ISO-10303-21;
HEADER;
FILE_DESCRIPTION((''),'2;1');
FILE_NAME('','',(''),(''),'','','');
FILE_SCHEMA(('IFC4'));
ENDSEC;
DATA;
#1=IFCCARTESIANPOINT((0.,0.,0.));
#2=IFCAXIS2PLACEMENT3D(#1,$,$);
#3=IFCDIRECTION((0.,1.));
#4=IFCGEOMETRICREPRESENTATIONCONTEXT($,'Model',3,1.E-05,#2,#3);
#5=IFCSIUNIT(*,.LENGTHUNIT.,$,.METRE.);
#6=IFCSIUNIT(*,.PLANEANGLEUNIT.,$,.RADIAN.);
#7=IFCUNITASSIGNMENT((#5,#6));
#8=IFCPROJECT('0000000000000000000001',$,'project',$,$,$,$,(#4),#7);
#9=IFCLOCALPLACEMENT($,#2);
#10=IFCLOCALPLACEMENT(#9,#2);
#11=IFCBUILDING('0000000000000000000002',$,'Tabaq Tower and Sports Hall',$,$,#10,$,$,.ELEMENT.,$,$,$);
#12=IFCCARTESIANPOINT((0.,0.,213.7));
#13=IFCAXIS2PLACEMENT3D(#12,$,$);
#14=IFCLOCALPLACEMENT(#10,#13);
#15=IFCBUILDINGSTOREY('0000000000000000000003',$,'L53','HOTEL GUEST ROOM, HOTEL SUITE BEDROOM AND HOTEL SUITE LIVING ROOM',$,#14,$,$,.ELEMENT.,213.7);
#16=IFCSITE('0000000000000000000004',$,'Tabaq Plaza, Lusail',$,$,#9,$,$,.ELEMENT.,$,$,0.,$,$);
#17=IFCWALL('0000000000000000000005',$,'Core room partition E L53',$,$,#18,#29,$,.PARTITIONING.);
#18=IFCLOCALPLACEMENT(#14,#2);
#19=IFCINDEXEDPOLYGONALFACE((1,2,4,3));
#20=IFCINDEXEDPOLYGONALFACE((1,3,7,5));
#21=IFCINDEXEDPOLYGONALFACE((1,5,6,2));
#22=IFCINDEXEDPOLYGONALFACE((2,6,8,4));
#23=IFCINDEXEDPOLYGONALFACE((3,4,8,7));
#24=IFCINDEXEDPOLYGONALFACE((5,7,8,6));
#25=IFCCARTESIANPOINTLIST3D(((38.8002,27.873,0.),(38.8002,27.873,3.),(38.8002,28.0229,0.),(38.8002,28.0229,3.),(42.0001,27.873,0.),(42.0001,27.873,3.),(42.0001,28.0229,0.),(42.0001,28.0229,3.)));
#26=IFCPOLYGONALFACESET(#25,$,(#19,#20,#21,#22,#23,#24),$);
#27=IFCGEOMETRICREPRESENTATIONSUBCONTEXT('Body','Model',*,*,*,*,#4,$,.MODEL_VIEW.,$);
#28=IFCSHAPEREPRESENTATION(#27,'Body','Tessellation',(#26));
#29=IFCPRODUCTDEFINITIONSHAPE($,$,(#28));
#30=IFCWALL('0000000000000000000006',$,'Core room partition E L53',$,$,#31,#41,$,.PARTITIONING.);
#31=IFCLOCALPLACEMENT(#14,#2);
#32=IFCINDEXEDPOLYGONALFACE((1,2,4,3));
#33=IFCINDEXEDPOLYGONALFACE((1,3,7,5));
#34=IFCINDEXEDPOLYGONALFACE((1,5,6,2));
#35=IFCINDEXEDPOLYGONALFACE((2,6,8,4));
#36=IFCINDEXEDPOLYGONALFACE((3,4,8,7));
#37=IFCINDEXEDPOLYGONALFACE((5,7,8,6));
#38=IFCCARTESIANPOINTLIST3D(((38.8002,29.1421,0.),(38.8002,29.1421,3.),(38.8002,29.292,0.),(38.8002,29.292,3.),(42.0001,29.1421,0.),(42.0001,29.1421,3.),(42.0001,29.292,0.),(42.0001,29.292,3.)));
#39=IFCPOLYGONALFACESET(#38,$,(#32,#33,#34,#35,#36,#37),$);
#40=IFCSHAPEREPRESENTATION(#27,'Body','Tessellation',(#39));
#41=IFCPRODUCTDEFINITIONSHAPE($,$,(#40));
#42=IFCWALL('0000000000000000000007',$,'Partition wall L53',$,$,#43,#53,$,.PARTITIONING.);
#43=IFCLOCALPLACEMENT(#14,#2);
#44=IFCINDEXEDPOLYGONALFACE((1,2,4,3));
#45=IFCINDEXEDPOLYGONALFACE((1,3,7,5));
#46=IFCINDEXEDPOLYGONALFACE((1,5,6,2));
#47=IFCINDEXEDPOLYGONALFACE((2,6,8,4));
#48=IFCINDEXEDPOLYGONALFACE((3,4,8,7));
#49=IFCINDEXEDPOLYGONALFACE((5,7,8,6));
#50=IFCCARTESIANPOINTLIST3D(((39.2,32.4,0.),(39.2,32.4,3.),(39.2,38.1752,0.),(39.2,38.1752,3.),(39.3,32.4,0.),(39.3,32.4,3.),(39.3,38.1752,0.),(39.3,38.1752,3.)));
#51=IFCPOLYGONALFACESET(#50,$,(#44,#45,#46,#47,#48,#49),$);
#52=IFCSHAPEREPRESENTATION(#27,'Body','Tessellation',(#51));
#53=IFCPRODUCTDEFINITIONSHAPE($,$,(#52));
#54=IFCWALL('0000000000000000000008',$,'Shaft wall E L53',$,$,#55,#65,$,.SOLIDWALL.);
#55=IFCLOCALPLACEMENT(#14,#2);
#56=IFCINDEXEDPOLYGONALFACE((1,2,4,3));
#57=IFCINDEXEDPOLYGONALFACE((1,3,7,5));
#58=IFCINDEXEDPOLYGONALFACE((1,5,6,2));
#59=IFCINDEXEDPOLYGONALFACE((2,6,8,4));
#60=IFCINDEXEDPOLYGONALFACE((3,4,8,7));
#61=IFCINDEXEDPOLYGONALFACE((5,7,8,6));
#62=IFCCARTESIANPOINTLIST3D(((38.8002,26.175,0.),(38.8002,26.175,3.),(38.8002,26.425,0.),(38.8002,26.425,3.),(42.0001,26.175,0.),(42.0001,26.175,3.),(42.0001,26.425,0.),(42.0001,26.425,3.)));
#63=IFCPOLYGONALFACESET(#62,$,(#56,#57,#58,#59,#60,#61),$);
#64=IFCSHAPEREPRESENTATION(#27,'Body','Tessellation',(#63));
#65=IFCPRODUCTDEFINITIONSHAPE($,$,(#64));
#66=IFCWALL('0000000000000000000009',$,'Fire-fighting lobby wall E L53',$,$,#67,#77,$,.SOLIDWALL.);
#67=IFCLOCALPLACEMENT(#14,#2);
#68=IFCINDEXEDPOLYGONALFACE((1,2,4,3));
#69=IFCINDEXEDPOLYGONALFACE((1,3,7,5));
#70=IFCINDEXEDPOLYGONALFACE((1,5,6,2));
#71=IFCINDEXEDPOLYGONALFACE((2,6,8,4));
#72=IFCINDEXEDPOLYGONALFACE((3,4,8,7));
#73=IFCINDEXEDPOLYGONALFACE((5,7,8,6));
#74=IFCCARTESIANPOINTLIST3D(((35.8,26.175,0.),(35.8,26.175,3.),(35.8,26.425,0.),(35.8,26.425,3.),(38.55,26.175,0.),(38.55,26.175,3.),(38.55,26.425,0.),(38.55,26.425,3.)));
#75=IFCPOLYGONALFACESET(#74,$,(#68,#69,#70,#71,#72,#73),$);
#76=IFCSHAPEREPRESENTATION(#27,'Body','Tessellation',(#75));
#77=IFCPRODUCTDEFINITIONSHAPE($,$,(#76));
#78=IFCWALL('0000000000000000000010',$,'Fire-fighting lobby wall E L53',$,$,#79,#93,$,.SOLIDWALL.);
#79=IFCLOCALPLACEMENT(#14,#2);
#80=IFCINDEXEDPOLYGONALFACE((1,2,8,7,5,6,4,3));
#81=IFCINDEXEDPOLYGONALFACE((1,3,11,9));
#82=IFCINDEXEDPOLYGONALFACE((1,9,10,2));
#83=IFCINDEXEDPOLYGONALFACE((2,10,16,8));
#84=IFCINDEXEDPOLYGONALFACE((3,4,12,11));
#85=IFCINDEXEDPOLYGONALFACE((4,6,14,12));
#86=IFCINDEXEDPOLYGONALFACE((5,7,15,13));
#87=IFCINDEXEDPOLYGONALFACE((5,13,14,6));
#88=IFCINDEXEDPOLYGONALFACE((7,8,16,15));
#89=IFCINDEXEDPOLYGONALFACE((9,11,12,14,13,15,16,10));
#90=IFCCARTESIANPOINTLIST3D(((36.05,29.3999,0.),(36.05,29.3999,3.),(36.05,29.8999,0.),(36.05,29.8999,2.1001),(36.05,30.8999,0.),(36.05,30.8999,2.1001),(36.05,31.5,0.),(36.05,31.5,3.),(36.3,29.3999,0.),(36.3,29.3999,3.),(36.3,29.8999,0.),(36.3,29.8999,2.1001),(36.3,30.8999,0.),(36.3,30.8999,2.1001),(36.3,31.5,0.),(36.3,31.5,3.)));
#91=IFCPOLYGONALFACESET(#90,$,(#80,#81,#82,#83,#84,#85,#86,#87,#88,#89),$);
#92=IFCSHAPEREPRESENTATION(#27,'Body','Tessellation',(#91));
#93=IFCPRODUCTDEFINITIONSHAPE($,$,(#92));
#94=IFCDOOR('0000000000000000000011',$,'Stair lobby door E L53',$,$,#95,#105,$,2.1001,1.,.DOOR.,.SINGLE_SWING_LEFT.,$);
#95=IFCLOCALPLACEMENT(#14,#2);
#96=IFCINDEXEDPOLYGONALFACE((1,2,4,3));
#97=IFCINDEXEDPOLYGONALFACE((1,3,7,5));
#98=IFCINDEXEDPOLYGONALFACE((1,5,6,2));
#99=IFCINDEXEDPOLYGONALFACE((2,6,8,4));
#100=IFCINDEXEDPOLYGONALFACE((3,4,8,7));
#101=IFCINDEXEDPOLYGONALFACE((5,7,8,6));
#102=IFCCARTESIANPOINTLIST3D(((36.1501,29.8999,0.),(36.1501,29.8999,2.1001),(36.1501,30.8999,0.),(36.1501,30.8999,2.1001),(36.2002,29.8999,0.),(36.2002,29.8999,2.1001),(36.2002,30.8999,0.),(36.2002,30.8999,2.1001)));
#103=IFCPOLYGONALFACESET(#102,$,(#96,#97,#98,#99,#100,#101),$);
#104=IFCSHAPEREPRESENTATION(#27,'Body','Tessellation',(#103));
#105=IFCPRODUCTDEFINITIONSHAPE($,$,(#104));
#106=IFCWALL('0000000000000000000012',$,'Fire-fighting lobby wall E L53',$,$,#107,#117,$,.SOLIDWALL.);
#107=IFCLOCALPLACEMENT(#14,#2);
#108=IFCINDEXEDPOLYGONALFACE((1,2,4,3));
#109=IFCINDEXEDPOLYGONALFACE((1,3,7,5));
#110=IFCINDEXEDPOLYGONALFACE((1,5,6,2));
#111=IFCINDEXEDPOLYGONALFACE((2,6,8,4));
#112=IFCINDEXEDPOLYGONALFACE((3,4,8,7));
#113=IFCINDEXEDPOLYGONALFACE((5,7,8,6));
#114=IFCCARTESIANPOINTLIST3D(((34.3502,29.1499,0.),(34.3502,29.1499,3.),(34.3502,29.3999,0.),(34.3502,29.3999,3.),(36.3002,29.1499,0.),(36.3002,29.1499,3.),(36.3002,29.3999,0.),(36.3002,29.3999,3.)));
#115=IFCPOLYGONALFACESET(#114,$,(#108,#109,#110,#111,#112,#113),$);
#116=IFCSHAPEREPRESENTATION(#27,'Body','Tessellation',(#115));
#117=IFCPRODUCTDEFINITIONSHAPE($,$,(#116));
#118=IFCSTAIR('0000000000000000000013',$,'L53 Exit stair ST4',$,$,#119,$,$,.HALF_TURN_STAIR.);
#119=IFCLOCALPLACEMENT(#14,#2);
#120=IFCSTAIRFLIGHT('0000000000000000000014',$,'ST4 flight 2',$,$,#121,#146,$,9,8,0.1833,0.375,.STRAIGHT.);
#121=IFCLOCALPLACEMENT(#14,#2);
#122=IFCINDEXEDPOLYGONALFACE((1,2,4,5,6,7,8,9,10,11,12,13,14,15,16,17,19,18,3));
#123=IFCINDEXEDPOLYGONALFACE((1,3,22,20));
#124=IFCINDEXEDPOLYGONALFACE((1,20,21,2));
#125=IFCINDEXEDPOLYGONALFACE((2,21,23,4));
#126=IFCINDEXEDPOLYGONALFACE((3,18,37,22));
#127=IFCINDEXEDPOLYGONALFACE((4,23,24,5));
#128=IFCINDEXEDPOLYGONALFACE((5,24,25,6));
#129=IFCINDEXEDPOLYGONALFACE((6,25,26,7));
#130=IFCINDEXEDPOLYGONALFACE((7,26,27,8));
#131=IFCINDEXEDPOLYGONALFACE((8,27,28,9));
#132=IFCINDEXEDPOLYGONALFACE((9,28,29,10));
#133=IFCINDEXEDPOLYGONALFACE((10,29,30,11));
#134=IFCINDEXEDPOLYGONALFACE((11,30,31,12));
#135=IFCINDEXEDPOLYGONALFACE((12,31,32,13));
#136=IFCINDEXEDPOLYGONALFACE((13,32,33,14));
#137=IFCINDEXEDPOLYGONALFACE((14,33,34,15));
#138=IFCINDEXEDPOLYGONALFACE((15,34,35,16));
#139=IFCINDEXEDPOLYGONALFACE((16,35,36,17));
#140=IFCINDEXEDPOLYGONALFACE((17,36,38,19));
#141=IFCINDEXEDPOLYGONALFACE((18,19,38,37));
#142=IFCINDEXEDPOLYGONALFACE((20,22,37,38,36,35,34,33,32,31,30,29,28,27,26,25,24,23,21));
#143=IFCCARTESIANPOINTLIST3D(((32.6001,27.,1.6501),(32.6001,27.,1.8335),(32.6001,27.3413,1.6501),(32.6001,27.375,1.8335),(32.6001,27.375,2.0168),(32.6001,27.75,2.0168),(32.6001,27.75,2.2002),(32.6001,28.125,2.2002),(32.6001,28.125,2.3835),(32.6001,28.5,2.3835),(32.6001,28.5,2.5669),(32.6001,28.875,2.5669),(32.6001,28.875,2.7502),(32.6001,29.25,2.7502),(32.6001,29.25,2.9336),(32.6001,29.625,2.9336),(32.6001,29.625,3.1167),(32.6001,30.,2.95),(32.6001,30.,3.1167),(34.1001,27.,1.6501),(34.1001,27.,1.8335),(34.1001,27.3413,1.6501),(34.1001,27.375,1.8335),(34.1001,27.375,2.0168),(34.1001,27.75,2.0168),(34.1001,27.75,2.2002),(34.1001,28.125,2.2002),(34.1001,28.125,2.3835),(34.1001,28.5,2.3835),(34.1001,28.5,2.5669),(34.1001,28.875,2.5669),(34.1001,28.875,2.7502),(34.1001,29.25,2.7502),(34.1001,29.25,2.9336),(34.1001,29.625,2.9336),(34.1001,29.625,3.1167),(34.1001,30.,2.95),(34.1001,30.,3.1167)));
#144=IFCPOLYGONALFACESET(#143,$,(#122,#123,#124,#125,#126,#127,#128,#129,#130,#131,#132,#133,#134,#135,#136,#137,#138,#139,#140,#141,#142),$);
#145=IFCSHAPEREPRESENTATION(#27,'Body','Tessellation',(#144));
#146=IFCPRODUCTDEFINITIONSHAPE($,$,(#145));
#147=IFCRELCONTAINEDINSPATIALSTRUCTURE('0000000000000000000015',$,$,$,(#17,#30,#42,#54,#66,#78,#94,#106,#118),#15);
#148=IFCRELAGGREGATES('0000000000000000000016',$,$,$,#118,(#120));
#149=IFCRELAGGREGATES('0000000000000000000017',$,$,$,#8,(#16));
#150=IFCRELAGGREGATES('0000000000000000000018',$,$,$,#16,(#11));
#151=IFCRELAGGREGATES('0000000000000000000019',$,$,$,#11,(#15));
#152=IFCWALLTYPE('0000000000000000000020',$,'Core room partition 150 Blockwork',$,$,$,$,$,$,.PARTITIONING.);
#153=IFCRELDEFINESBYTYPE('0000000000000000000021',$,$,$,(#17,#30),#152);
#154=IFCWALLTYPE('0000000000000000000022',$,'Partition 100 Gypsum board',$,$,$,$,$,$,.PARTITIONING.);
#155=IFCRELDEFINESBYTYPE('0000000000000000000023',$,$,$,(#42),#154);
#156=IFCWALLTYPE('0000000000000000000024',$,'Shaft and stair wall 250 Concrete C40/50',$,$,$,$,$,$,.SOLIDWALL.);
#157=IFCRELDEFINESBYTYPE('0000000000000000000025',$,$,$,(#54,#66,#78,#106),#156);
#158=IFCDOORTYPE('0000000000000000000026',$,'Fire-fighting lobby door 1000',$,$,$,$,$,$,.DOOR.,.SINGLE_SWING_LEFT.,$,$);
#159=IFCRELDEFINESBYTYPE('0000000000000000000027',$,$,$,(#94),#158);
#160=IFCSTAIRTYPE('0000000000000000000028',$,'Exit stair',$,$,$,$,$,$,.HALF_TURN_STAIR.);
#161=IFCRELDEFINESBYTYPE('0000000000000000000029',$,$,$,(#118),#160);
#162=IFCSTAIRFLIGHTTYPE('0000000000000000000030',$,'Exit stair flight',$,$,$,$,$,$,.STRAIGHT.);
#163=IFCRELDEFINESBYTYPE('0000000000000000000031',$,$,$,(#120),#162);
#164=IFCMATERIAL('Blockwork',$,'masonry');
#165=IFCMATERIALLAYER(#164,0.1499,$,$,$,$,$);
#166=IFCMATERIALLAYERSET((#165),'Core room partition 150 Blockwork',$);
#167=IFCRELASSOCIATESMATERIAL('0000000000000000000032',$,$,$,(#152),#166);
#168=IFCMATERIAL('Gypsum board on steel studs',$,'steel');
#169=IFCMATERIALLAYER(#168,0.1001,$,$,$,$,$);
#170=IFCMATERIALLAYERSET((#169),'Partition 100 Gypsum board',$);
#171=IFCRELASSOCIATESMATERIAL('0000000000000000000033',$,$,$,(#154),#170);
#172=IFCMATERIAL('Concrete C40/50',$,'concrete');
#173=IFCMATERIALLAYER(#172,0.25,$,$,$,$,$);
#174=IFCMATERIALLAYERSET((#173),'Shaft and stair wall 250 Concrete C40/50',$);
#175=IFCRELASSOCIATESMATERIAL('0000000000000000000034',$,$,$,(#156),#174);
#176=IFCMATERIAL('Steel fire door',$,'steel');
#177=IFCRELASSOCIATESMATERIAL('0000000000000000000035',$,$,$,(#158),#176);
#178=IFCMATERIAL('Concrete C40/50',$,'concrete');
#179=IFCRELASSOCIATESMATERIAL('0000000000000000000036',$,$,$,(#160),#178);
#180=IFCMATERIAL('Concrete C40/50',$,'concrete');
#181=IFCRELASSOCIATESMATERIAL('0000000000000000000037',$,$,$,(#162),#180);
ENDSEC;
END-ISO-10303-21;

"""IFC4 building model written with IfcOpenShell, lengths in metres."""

from ifc_helpers import new_model, si_unit, direction, frame, frame_2d, origin, place, context, subcontext, project, spatial, polyline, rectangle, outline, extrude, material, layer, layer_set, type_object, element, fill, aggregate, save


model = new_model("IFC4")

# Units and contexts
model_context = context("Model", 3, precision=1e-05, world=origin(), true_north=direction((0.0, 1.0)))
body_context = subcontext(model_context, "Body", "Model", "MODEL_VIEW")
ifc_project = project(units=[si_unit("LENGTHUNIT", "METRE"), si_unit("PLANEANGLEUNIT", "RADIAN")], contexts=[model_context])

# Site, building, storey
site_placement = place(None, origin())
site = spatial("IfcSite", under=ifc_project, at=site_placement, Name="Tabaq Plaza, Lusail", CompositionType="ELEMENT", RefElevation=0.0)
building_placement = place(site_placement, origin())
building = spatial("IfcBuilding", under=site, at=building_placement, Name="Tabaq Tower and Sports Hall", CompositionType="ELEMENT")
storey_placement = place(building_placement, frame((0.0, 0.0, 213.7)))
storey = spatial("IfcBuildingStorey", under=building, at=storey_placement, Name="L53", Description="HOTEL GUEST ROOM, HOTEL SUITE BEDROOM AND HOTEL SUITE LIVING ROOM", CompositionType="ELEMENT", Elevation=213.7)

# Walls
ifc_material_1 = material(Name="Blockwork", Category="masonry")
ifc_layer_1 = layer(ifc_material_1, 0.1499)
ifc_layer_set_1 = layer_set([ifc_layer_1], Name="Core room partition 150 Blockwork")
wall_type_1 = type_object("IfcWallType", Name="Core room partition 150 Blockwork", PredefinedType="PARTITIONING", material=ifc_layer_set_1)
for number, where, z_axis, x_axis, name in (
    (1, (38.8, 27.948, 0.0), (0.0, 0.0, 1.0), (1.0, 0.0, 0.0), "Core room partition E L53"),
    (2, (38.8, 29.217, 0.0), (0.0, 0.0, 1.0), (1.0, 0.0, 0.0), "Core room partition E L53"),
):
    element("IfcWall", number, at=place(storey_placement, frame(where, z_axis=z_axis, x_axis=x_axis)), inside=storey, type_object=wall_type_1, Name=name, PredefinedType="PARTITIONING", context=body_context, shape_type="SweptSolid", body=[
        extrude(rectangle(XDim=3.2, YDim=0.1499, at=frame_2d((1.6001, 0.0))), origin(), (0.0, 0.0, 1.0), 3.0),
    ])
ifc_material_2 = material(Name="Gypsum board on steel studs", Category="steel")
ifc_layer_2 = layer(ifc_material_2, 0.1001)
ifc_layer_set_2 = layer_set([ifc_layer_2], Name="Partition 100 Gypsum board")
wall_type_2 = type_object("IfcWallType", Name="Partition 100 Gypsum board", PredefinedType="PARTITIONING", material=ifc_layer_set_2)
wall_1_placement = place(storey_placement, frame((39.25, 32.3999, 0.0), z_axis=(0.0, 0.0, 1.0), x_axis=(0.0, 1.0, 0.0)))
element("IfcWall", 3, at=wall_1_placement, inside=storey, type_object=wall_type_2, Name="Partition wall L53", PredefinedType="PARTITIONING", context=body_context, shape_type="SweptSolid", body=[
    extrude(rectangle(XDim=5.7751, YDim=0.1001, at=frame_2d((2.8877, 0.0))), origin(), (0.0, 0.0, 1.0), 3.0),
])
ifc_material_3 = material(Name="Concrete C40/50", Category="concrete")
ifc_layer_3 = layer(ifc_material_3, 0.25)
ifc_layer_set_3 = layer_set([ifc_layer_3], Name="Shaft and stair wall 250 Concrete C40/50")
wall_type_3 = type_object("IfcWallType", Name="Shaft and stair wall 250 Concrete C40/50", PredefinedType="SOLIDWALL", material=ifc_layer_set_3)
wall_2_placement = place(storey_placement, frame((38.8, 26.3, 0.0), z_axis=(0.0, 0.0, 1.0), x_axis=(1.0, 0.0, 0.0)))
element("IfcWall", 4, at=wall_2_placement, inside=storey, type_object=wall_type_3, Name="Shaft wall E L53", PredefinedType="SOLIDWALL", context=body_context, shape_type="SweptSolid", body=[
    extrude(rectangle(XDim=3.2, YDim=0.25, at=frame_2d((1.6001, 0.0))), origin(), (0.0, 0.0, 1.0), 3.0),
])
wall_3_placement = place(storey_placement, frame((35.8, 26.3, 0.0), z_axis=(0.0, 0.0, 1.0), x_axis=(1.0, 0.0, 0.0)))
element("IfcWall", 5, at=wall_3_placement, inside=storey, type_object=wall_type_3, Name="Fire-fighting lobby wall E L53", PredefinedType="SOLIDWALL", context=body_context, shape_type="SweptSolid", body=[
    extrude(rectangle(XDim=2.75, YDim=0.25, at=frame_2d((1.375, 0.0))), origin(), (0.0, 0.0, 1.0), 3.0),
])

# Wall, opening, door
wall_4_placement = place(storey_placement, frame((36.175, 29.3999, 0.0), z_axis=(0.0, 0.0, 1.0), x_axis=(0.0, 1.0, 0.0)))
wall_4 = element("IfcWall", 6, at=wall_4_placement, inside=storey, type_object=wall_type_3, Name="Fire-fighting lobby wall E L53", PredefinedType="SOLIDWALL", context=body_context, shape_type="SweptSolid", body=[
    extrude(rectangle(XDim=2.1001, YDim=0.25, at=frame_2d((1.05, 0.0))), origin(), (0.0, 0.0, 1.0), 3.0),
])
opening_placement = place(wall_4_placement, frame((0.5, 0.0, 0.0)))
opening = element("IfcOpeningElement", 7, at=opening_placement, cuts=wall_4, PredefinedType="OPENING", context=body_context, shape_type="SweptSolid", body=[
    extrude(rectangle(XDim=1.0, YDim=2.1001, at=frame_2d((0.5, 1.05))), frame((0.0, 0.125, 0.0), z_axis=(0.0, -1.0, 0.0), x_axis=(1.0, 0.0, 0.0)), (0.0, 0.0, 1.0), 0.25),
])
ifc_material_4 = material(Name="Steel fire door", Category="steel")
door_type = type_object("IfcDoorType", Name="Fire-fighting lobby door 1000", OperationType="SINGLE_SWING_LEFT", PredefinedType="DOOR", material=ifc_material_4)
door_placement = place(opening_placement, origin())
door = element("IfcDoor", 8, at=door_placement, inside=storey, type_object=door_type, Name="Stair lobby door E L53", OperationType="SINGLE_SWING_LEFT", OverallHeight=2.1001, OverallWidth=1.0, PredefinedType="DOOR", context=body_context, shape_type="SweptSolid", body=[
    extrude(rectangle(XDim=1.0, YDim=2.1001, at=frame_2d((0.5, 1.05))), frame((0.0, 0.0249, 0.0), z_axis=(0.0, -1.0, 0.0), x_axis=(1.0, 0.0, 0.0)), (0.0, 0.0, 1.0), 0.05),
])
fill(opening, door)

# Wall
wall_5_placement = place(storey_placement, frame((34.3501, 29.2749, 0.0), z_axis=(0.0, 0.0, 1.0), x_axis=(1.0, 0.0, 0.0)))
element("IfcWall", 9, at=wall_5_placement, inside=storey, type_object=wall_type_3, Name="Fire-fighting lobby wall E L53", PredefinedType="SOLIDWALL", context=body_context, shape_type="SweptSolid", body=[
    extrude(rectangle(XDim=1.95, YDim=0.25, at=frame_2d((0.9751, 0.0))), origin(), (0.0, 0.0, 1.0), 3.0),
])

# Stair, stair flight
ifc_material_5 = material(Name="Concrete C40/50", Category="concrete")
stair_type = type_object("IfcStairType", Name="Exit stair", PredefinedType="HALF_TURN_STAIR", material=ifc_material_5)
stair_placement = place(storey_placement, origin())
stair = element("IfcStair", 10, at=stair_placement, inside=storey, type_object=stair_type, Name="L53 Exit stair ST4", PredefinedType="HALF_TURN_STAIR")
ifc_material_6 = material(Name="Concrete C40/50", Category="concrete")
stair_flight_type = type_object("IfcStairFlightType", Name="Exit stair flight", PredefinedType="STRAIGHT", material=ifc_material_6)
stair_flight_placement = place(storey_placement, frame((33.3501, 27.0, 1.6501), z_axis=(0.0, 0.0, 1.0), x_axis=(0.0, 1.0, 0.0)))
stair_flight = element("IfcStairFlight", 11, at=stair_flight_placement, type_object=stair_flight_type, Name="ST4 flight 2", NumberOfRisers=9, NumberOfTreads=8, PredefinedType="STRAIGHT", RiserHeight=0.1833, TreadLength=0.375, context=body_context, shape_type="SweptSolid", body=[
    extrude(outline(polyline([(0.0, 0.0), (0.0, 0.1833), (0.375, 0.1833), (0.375, 0.3667), (0.75, 0.3667), (0.75, 0.55), (1.125, 0.55), (1.125, 0.7334), (1.5, 0.7334), (1.5, 0.9167), (1.875, 0.9167), (1.875, 1.1001), (2.25, 1.1001), (2.25, 1.2834), (2.625, 1.2834), (2.625, 1.4666), (3.0, 1.4666), (3.0, 1.6499), (3.0, 1.2998), (0.3413, 0.0), (0.0, 0.0)])), frame((0.0, 0.75, 0.0), z_axis=(0.0, -1.0, 0.0), x_axis=(1.0, 0.0, 0.0)), (0.0, 0.0, 1.0), 1.5),
])
aggregate(stair, [stair_flight])

save(model, "model.ifc")
